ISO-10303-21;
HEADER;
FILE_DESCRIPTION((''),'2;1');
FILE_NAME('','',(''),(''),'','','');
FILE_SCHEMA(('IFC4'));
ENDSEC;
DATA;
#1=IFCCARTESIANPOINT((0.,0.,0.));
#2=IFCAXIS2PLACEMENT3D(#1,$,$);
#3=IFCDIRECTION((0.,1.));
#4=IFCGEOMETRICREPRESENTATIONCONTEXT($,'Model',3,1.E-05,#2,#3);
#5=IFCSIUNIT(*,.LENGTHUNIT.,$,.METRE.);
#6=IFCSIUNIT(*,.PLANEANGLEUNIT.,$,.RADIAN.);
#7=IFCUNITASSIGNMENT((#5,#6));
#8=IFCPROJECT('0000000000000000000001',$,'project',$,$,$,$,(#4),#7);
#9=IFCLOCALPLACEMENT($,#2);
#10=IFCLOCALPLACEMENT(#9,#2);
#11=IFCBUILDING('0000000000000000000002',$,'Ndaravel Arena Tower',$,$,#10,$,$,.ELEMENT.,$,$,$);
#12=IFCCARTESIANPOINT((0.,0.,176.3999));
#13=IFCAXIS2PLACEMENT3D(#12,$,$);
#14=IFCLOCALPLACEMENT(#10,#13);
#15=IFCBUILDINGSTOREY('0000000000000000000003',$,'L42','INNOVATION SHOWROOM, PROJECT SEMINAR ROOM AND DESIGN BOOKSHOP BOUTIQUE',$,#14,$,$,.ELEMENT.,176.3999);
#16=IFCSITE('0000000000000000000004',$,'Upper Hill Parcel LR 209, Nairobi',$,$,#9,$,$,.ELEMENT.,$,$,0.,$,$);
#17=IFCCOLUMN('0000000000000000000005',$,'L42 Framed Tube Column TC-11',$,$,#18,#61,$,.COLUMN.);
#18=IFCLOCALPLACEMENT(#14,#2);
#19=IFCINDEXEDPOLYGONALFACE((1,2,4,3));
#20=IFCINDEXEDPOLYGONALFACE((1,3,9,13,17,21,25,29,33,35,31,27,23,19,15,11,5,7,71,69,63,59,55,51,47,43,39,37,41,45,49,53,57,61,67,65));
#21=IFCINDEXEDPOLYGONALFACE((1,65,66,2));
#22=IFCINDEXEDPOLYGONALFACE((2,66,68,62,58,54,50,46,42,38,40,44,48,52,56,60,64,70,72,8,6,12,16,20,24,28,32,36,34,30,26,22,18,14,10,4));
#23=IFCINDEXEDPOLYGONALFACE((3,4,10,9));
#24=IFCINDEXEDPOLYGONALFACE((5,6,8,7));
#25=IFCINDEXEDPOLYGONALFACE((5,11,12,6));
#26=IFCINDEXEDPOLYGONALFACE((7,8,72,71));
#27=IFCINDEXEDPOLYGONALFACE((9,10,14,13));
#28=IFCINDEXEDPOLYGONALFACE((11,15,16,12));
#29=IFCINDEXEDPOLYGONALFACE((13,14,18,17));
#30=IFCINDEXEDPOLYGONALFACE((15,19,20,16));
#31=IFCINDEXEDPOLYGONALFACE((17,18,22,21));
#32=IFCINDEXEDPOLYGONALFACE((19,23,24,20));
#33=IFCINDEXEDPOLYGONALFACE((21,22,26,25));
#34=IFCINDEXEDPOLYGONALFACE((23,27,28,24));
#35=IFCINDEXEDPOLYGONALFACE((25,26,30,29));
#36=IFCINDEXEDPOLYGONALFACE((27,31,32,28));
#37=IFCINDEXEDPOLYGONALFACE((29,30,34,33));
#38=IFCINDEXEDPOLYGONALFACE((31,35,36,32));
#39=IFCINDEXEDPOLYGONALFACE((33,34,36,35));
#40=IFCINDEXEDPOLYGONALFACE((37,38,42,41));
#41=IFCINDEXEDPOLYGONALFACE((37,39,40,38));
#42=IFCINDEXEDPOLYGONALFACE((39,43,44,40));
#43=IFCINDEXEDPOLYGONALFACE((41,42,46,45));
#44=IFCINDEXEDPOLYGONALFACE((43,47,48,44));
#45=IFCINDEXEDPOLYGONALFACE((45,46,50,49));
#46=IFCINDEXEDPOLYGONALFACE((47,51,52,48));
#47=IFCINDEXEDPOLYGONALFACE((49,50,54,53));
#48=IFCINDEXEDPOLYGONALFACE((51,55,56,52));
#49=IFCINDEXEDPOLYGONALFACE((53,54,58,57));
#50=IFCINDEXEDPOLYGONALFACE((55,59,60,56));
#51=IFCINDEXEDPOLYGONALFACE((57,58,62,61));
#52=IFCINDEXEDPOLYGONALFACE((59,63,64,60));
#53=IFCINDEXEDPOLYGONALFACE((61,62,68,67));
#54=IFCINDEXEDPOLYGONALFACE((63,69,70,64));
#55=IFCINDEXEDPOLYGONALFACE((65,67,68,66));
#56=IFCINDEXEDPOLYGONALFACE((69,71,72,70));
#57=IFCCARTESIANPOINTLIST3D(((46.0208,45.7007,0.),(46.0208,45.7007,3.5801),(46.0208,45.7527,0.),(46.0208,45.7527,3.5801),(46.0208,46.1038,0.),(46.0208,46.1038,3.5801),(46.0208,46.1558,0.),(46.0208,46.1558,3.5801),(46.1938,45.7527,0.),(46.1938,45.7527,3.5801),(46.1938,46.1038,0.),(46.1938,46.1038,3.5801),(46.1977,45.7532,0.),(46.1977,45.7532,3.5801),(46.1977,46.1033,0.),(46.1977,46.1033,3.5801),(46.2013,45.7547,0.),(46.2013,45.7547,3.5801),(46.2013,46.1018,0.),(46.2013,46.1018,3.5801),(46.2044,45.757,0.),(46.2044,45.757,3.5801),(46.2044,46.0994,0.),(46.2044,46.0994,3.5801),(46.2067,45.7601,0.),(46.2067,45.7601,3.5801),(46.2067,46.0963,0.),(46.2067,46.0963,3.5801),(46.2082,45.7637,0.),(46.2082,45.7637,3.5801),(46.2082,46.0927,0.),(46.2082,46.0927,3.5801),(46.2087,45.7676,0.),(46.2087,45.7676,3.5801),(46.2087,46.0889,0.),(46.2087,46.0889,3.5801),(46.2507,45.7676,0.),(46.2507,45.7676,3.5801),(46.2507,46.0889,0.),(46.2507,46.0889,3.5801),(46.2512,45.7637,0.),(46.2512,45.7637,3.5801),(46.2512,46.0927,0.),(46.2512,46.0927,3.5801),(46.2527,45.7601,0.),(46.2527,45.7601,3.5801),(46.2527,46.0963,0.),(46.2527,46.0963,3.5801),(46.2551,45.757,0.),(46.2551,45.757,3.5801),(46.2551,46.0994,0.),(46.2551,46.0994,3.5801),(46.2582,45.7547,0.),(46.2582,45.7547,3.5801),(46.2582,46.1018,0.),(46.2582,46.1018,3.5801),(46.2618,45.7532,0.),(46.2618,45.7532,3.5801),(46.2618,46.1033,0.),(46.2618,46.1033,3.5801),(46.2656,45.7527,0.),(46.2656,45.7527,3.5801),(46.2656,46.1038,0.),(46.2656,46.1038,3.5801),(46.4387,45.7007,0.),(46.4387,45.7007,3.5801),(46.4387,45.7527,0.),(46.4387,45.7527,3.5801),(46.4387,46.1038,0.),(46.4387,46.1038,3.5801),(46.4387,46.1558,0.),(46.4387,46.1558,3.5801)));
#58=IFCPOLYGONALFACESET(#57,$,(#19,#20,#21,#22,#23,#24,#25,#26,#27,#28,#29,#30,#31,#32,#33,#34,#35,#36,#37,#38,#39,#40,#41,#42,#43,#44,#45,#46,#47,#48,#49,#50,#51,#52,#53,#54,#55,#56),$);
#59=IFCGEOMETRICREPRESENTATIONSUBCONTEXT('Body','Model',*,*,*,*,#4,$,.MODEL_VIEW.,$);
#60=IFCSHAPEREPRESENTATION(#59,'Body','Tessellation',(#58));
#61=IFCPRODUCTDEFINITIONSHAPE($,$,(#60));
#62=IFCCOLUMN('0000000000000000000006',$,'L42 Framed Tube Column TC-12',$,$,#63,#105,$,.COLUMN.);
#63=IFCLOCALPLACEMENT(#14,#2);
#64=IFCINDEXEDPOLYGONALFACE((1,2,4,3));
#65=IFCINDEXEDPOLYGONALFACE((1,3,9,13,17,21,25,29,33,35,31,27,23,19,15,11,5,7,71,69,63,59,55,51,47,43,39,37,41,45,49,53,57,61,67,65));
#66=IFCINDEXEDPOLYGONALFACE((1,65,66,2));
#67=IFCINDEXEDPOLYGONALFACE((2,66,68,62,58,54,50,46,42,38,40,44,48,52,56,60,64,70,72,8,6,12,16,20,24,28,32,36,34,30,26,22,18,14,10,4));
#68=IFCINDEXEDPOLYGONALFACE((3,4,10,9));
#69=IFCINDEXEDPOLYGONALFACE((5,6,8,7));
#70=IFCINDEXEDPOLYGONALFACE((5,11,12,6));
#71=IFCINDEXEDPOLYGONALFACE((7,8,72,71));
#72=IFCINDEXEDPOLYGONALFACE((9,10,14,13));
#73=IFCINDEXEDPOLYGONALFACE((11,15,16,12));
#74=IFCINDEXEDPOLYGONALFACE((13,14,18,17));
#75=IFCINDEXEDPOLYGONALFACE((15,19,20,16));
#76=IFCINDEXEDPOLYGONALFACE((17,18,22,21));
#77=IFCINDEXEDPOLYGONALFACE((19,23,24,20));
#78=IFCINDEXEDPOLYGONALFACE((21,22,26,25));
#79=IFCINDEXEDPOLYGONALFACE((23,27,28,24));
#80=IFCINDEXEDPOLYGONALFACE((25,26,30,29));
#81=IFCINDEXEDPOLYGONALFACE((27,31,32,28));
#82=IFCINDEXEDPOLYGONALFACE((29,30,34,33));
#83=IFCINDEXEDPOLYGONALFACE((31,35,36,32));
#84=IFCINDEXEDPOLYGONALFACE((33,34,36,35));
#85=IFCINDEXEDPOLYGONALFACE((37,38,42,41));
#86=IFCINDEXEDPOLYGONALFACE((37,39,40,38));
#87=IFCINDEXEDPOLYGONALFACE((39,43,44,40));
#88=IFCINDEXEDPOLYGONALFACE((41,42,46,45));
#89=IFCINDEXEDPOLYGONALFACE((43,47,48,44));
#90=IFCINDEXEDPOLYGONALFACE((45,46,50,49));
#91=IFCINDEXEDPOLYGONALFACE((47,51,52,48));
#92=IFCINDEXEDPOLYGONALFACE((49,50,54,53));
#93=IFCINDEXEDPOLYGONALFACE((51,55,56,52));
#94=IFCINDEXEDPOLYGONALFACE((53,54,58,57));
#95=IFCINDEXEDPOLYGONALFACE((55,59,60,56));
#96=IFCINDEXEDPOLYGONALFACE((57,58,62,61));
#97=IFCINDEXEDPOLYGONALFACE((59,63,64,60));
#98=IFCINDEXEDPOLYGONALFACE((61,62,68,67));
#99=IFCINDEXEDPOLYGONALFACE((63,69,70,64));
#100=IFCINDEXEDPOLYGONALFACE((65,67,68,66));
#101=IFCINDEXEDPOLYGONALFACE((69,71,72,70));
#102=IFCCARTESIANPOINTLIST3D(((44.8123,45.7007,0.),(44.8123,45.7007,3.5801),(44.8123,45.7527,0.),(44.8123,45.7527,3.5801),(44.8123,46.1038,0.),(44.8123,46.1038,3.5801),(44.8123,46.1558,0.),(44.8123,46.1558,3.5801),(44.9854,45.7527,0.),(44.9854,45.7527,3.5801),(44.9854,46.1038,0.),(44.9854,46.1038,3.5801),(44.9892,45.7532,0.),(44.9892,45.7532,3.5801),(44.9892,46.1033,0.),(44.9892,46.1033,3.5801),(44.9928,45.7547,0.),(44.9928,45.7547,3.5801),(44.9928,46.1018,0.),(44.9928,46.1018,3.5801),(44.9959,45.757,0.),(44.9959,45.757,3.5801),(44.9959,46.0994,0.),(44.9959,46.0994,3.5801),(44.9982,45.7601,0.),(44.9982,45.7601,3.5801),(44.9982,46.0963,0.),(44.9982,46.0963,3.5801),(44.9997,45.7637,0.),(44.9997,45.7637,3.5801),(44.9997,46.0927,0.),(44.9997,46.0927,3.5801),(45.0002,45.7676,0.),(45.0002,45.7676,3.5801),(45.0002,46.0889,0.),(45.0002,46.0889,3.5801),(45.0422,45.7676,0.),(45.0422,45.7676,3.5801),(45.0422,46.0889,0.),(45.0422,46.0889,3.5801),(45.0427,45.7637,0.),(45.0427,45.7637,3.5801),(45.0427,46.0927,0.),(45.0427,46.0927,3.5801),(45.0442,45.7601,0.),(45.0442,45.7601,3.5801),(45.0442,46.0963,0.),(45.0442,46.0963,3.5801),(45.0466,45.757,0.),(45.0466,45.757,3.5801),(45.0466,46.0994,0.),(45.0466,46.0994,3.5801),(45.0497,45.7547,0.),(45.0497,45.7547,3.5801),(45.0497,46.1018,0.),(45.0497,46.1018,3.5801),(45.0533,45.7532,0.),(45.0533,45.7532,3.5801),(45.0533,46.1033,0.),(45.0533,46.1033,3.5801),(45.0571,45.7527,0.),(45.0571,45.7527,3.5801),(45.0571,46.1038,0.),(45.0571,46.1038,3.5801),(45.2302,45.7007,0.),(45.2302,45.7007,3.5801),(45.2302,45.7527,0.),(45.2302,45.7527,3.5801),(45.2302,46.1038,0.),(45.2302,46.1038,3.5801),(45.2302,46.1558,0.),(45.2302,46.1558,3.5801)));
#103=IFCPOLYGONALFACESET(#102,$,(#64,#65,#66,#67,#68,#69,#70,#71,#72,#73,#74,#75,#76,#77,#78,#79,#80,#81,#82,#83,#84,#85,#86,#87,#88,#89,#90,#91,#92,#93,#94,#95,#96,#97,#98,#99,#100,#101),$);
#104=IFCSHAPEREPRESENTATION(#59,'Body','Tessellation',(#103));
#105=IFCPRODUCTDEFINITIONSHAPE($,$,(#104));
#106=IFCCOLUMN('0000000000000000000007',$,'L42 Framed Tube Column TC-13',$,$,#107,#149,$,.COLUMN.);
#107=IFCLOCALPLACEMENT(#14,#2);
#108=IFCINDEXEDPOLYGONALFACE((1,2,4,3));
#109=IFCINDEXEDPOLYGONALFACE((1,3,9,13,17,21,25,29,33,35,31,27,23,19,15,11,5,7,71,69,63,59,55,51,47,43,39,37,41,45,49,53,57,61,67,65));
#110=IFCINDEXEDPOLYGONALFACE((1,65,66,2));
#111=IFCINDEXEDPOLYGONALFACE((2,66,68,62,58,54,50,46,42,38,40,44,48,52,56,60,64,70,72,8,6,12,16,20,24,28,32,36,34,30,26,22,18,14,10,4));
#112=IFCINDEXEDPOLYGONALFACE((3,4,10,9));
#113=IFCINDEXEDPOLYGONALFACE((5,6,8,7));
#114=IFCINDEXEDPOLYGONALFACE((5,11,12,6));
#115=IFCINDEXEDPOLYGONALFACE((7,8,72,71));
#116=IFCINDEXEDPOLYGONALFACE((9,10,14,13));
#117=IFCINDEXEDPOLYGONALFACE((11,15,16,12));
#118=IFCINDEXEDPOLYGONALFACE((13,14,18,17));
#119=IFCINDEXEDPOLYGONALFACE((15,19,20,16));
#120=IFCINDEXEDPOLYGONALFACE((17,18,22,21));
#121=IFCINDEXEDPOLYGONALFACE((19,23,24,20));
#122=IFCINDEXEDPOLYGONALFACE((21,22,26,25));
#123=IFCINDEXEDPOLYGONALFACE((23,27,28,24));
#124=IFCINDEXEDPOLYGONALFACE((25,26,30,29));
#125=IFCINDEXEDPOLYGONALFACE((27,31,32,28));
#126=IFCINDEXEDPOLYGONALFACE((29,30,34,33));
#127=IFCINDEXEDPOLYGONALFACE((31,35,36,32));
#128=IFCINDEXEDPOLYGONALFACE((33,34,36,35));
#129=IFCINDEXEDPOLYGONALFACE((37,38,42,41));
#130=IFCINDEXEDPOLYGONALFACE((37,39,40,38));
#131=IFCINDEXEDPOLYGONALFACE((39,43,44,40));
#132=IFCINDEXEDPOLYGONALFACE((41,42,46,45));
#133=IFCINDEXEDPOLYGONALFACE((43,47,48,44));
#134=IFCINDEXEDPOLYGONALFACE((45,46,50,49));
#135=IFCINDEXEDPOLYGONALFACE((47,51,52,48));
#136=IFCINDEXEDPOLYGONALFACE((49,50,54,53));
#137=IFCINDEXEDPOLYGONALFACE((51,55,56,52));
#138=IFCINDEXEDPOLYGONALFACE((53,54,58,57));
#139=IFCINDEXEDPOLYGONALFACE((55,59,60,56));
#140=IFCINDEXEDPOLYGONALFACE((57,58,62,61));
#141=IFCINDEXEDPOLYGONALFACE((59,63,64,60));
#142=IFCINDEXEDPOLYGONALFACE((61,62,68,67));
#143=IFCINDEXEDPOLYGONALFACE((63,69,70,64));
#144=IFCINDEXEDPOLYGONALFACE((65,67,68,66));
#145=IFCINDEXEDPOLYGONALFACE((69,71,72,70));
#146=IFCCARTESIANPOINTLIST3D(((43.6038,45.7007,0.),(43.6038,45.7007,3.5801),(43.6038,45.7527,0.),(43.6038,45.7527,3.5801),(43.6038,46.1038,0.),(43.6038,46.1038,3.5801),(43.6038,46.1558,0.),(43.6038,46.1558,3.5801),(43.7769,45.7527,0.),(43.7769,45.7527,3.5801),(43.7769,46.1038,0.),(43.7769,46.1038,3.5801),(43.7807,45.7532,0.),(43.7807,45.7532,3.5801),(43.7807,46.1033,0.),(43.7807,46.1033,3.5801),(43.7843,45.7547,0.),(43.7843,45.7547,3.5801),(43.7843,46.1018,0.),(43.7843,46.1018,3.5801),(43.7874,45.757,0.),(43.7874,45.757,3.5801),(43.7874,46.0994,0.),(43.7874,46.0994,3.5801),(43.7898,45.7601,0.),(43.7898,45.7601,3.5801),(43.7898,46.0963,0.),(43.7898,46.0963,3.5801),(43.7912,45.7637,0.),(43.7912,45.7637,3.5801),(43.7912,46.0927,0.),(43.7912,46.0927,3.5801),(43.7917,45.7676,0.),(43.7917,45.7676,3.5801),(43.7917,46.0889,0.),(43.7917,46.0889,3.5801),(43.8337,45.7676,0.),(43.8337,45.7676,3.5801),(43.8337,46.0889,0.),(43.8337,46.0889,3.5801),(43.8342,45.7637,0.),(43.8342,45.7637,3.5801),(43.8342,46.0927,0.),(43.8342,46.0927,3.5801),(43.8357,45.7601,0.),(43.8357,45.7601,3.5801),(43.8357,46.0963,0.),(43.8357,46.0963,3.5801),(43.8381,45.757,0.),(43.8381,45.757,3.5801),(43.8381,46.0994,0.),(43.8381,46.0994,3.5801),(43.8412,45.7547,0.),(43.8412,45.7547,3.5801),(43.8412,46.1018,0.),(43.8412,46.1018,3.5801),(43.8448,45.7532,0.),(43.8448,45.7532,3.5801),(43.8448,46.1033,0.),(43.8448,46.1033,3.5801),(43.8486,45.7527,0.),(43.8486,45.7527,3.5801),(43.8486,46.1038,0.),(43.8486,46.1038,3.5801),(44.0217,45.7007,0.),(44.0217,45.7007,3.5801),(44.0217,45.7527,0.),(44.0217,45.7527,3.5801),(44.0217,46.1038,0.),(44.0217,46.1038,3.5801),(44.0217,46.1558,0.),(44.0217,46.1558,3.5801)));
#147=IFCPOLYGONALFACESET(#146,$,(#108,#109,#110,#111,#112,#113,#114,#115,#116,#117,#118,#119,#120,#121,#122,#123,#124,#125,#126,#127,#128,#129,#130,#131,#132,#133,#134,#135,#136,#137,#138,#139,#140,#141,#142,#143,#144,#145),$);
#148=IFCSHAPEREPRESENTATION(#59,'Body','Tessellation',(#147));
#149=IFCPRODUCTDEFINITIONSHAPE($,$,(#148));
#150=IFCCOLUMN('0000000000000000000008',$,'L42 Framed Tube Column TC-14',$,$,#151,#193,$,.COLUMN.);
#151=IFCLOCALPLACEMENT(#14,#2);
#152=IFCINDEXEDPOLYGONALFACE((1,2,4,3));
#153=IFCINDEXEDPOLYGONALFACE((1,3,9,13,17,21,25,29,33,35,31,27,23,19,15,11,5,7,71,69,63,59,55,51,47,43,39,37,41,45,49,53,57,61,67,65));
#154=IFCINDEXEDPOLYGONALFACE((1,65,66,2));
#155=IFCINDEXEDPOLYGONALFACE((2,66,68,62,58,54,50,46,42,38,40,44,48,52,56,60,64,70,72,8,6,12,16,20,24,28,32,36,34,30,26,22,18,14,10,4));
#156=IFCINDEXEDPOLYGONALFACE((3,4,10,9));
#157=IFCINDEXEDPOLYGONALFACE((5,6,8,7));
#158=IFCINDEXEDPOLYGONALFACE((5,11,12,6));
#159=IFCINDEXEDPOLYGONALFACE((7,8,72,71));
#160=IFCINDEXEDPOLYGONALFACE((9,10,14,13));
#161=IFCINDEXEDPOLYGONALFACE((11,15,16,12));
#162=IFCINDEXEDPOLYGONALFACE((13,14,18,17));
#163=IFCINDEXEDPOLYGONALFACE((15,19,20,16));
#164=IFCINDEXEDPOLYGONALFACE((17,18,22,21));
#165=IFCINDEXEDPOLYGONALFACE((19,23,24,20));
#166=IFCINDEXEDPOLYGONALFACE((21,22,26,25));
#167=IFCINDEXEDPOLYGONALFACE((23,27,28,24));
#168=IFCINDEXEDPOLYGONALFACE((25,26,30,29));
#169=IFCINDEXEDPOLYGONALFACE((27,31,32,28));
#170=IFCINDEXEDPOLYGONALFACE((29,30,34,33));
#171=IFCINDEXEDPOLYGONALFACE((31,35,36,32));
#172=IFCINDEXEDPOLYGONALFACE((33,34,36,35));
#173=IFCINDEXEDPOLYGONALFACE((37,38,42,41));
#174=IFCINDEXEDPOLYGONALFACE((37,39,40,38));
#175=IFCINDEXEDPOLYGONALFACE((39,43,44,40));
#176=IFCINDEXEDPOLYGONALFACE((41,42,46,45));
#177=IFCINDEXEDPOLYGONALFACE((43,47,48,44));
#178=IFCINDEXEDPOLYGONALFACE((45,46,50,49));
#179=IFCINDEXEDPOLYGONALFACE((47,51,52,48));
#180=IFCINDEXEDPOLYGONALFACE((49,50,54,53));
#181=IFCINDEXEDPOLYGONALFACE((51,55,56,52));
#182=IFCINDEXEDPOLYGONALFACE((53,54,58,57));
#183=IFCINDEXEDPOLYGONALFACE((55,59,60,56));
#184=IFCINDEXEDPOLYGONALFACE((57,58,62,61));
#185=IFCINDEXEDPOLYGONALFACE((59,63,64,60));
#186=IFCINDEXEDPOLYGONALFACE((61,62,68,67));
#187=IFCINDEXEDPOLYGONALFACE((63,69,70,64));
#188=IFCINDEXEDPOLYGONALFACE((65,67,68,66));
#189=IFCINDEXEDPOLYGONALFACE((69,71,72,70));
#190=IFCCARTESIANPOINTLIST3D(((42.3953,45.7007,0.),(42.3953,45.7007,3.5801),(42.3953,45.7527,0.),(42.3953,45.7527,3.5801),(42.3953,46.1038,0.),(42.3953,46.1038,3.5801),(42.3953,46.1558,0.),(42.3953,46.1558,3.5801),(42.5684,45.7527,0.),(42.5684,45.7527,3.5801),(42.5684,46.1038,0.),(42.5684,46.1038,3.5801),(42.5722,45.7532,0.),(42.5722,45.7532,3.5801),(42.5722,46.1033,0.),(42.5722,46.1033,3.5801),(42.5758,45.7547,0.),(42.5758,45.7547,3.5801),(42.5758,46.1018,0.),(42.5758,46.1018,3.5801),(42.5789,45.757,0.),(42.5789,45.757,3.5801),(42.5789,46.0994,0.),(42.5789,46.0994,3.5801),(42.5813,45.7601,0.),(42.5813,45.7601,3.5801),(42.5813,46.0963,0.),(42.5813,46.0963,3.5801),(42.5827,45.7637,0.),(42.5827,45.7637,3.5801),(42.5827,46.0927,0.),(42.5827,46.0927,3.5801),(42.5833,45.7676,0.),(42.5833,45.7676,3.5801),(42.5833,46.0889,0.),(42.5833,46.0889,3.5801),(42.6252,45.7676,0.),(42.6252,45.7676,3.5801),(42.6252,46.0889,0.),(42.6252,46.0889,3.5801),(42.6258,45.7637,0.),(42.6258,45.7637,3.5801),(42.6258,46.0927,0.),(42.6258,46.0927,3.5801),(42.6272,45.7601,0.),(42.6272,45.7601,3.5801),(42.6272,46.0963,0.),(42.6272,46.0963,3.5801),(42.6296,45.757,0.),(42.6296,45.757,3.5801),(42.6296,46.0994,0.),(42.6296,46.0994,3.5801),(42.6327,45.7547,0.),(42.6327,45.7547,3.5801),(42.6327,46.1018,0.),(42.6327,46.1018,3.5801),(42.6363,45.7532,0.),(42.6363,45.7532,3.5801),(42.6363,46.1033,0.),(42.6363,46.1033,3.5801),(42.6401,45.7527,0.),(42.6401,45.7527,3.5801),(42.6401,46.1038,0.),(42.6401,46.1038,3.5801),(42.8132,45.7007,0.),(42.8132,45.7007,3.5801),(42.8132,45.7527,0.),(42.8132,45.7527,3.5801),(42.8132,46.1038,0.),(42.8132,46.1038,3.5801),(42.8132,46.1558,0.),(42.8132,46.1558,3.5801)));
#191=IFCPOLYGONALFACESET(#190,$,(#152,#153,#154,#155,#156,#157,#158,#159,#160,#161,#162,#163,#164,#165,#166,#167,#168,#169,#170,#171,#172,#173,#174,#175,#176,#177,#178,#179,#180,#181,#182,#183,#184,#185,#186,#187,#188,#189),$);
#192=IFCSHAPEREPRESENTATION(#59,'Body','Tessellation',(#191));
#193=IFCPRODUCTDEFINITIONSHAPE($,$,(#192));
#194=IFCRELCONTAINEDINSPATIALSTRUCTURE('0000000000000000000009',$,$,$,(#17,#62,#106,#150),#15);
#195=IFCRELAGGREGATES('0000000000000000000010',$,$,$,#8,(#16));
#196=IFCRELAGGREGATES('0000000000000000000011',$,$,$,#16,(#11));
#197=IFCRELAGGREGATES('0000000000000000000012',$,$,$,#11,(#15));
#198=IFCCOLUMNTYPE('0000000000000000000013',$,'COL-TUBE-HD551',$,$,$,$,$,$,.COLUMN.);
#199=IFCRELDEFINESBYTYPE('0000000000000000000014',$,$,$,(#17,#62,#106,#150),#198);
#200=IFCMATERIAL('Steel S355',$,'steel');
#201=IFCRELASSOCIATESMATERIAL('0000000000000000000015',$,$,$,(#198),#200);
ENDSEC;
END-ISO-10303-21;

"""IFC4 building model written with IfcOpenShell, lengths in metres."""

from ifc_helpers import new_model, si_unit, direction, frame, origin, origin_2d, place, context, subcontext, project, spatial, i_section, extrude, material, material_profile, profile_set, type_object, element, save


model = new_model("IFC4")

# Units and contexts
model_context = context("Model", 3, precision=1e-05, world=origin(), true_north=direction((0.0, 1.0)))
body_context = subcontext(model_context, "Body", "Model", "MODEL_VIEW")
ifc_project = project(units=[si_unit("LENGTHUNIT", "METRE"), si_unit("PLANEANGLEUNIT", "RADIAN")], contexts=[model_context])

# Site, building, storey
site_placement = place(None, origin())
site = spatial("IfcSite", under=ifc_project, at=site_placement, Name="Upper Hill Parcel LR 209, Nairobi", CompositionType="ELEMENT", RefElevation=0.0)
building_placement = place(site_placement, origin())
building = spatial("IfcBuilding", under=site, at=building_placement, Name="Ndaravel Arena Tower", CompositionType="ELEMENT")
storey_placement = place(building_placement, frame((0.0, 0.0, 176.3999)))
storey = spatial("IfcBuildingStorey", under=building, at=storey_placement, Name="L42", Description="INNOVATION SHOWROOM, PROJECT SEMINAR ROOM AND DESIGN BOOKSHOP BOUTIQUE", CompositionType="ELEMENT", Elevation=176.3999)

# Columns
ifc_material_1 = material(Name="Steel S355", Category="steel")
ifc_material_profile_1 = material_profile(ifc_material_1, i_section(OverallWidth=0.418, OverallDepth=0.4551, WebThickness=0.042, FlangeThickness=0.052, FilletRadius=0.0149, at=origin_2d()), Name="HD 400x551")
ifc_profile_set_1 = profile_set([ifc_material_profile_1], Name="Steel S355")
column_type = type_object("IfcColumnType", Name="COL-TUBE-HD551", PredefinedType="COLUMN", material=ifc_profile_set_1)
for number, where, z_axis, x_axis, name in (
    (1, (46.2297, 45.9282, 0.0), (0.0, 0.0, 1.0), (1.0, 0.0, 0.0), "L42 Framed Tube Column TC-11"),
    (2, (45.0212, 45.9282, 0.0), (0.0, 0.0, 1.0), (1.0, 0.0, 0.0), "L42 Framed Tube Column TC-12"),
    (3, (43.8127, 45.9282, 0.0), (0.0, 0.0, 1.0), (1.0, 0.0, 0.0), "L42 Framed Tube Column TC-13"),
    (4, (42.6042, 45.9282, 0.0), (0.0, 0.0, 1.0), (1.0, 0.0, 0.0), "L42 Framed Tube Column TC-14"),
):
    element("IfcColumn", number, at=place(storey_placement, frame(where, z_axis=z_axis, x_axis=x_axis)), inside=storey, type_object=column_type, Name=name, PredefinedType="COLUMN", context=body_context, shape_type="SweptSolid", body=[
        extrude(i_section(OverallWidth=0.418, OverallDepth=0.4551, WebThickness=0.042, FlangeThickness=0.052, FilletRadius=0.0149, at=origin_2d()), origin(), (0.0, 0.0, 1.0), 3.5801),
    ])

save(model, "model.ifc")
